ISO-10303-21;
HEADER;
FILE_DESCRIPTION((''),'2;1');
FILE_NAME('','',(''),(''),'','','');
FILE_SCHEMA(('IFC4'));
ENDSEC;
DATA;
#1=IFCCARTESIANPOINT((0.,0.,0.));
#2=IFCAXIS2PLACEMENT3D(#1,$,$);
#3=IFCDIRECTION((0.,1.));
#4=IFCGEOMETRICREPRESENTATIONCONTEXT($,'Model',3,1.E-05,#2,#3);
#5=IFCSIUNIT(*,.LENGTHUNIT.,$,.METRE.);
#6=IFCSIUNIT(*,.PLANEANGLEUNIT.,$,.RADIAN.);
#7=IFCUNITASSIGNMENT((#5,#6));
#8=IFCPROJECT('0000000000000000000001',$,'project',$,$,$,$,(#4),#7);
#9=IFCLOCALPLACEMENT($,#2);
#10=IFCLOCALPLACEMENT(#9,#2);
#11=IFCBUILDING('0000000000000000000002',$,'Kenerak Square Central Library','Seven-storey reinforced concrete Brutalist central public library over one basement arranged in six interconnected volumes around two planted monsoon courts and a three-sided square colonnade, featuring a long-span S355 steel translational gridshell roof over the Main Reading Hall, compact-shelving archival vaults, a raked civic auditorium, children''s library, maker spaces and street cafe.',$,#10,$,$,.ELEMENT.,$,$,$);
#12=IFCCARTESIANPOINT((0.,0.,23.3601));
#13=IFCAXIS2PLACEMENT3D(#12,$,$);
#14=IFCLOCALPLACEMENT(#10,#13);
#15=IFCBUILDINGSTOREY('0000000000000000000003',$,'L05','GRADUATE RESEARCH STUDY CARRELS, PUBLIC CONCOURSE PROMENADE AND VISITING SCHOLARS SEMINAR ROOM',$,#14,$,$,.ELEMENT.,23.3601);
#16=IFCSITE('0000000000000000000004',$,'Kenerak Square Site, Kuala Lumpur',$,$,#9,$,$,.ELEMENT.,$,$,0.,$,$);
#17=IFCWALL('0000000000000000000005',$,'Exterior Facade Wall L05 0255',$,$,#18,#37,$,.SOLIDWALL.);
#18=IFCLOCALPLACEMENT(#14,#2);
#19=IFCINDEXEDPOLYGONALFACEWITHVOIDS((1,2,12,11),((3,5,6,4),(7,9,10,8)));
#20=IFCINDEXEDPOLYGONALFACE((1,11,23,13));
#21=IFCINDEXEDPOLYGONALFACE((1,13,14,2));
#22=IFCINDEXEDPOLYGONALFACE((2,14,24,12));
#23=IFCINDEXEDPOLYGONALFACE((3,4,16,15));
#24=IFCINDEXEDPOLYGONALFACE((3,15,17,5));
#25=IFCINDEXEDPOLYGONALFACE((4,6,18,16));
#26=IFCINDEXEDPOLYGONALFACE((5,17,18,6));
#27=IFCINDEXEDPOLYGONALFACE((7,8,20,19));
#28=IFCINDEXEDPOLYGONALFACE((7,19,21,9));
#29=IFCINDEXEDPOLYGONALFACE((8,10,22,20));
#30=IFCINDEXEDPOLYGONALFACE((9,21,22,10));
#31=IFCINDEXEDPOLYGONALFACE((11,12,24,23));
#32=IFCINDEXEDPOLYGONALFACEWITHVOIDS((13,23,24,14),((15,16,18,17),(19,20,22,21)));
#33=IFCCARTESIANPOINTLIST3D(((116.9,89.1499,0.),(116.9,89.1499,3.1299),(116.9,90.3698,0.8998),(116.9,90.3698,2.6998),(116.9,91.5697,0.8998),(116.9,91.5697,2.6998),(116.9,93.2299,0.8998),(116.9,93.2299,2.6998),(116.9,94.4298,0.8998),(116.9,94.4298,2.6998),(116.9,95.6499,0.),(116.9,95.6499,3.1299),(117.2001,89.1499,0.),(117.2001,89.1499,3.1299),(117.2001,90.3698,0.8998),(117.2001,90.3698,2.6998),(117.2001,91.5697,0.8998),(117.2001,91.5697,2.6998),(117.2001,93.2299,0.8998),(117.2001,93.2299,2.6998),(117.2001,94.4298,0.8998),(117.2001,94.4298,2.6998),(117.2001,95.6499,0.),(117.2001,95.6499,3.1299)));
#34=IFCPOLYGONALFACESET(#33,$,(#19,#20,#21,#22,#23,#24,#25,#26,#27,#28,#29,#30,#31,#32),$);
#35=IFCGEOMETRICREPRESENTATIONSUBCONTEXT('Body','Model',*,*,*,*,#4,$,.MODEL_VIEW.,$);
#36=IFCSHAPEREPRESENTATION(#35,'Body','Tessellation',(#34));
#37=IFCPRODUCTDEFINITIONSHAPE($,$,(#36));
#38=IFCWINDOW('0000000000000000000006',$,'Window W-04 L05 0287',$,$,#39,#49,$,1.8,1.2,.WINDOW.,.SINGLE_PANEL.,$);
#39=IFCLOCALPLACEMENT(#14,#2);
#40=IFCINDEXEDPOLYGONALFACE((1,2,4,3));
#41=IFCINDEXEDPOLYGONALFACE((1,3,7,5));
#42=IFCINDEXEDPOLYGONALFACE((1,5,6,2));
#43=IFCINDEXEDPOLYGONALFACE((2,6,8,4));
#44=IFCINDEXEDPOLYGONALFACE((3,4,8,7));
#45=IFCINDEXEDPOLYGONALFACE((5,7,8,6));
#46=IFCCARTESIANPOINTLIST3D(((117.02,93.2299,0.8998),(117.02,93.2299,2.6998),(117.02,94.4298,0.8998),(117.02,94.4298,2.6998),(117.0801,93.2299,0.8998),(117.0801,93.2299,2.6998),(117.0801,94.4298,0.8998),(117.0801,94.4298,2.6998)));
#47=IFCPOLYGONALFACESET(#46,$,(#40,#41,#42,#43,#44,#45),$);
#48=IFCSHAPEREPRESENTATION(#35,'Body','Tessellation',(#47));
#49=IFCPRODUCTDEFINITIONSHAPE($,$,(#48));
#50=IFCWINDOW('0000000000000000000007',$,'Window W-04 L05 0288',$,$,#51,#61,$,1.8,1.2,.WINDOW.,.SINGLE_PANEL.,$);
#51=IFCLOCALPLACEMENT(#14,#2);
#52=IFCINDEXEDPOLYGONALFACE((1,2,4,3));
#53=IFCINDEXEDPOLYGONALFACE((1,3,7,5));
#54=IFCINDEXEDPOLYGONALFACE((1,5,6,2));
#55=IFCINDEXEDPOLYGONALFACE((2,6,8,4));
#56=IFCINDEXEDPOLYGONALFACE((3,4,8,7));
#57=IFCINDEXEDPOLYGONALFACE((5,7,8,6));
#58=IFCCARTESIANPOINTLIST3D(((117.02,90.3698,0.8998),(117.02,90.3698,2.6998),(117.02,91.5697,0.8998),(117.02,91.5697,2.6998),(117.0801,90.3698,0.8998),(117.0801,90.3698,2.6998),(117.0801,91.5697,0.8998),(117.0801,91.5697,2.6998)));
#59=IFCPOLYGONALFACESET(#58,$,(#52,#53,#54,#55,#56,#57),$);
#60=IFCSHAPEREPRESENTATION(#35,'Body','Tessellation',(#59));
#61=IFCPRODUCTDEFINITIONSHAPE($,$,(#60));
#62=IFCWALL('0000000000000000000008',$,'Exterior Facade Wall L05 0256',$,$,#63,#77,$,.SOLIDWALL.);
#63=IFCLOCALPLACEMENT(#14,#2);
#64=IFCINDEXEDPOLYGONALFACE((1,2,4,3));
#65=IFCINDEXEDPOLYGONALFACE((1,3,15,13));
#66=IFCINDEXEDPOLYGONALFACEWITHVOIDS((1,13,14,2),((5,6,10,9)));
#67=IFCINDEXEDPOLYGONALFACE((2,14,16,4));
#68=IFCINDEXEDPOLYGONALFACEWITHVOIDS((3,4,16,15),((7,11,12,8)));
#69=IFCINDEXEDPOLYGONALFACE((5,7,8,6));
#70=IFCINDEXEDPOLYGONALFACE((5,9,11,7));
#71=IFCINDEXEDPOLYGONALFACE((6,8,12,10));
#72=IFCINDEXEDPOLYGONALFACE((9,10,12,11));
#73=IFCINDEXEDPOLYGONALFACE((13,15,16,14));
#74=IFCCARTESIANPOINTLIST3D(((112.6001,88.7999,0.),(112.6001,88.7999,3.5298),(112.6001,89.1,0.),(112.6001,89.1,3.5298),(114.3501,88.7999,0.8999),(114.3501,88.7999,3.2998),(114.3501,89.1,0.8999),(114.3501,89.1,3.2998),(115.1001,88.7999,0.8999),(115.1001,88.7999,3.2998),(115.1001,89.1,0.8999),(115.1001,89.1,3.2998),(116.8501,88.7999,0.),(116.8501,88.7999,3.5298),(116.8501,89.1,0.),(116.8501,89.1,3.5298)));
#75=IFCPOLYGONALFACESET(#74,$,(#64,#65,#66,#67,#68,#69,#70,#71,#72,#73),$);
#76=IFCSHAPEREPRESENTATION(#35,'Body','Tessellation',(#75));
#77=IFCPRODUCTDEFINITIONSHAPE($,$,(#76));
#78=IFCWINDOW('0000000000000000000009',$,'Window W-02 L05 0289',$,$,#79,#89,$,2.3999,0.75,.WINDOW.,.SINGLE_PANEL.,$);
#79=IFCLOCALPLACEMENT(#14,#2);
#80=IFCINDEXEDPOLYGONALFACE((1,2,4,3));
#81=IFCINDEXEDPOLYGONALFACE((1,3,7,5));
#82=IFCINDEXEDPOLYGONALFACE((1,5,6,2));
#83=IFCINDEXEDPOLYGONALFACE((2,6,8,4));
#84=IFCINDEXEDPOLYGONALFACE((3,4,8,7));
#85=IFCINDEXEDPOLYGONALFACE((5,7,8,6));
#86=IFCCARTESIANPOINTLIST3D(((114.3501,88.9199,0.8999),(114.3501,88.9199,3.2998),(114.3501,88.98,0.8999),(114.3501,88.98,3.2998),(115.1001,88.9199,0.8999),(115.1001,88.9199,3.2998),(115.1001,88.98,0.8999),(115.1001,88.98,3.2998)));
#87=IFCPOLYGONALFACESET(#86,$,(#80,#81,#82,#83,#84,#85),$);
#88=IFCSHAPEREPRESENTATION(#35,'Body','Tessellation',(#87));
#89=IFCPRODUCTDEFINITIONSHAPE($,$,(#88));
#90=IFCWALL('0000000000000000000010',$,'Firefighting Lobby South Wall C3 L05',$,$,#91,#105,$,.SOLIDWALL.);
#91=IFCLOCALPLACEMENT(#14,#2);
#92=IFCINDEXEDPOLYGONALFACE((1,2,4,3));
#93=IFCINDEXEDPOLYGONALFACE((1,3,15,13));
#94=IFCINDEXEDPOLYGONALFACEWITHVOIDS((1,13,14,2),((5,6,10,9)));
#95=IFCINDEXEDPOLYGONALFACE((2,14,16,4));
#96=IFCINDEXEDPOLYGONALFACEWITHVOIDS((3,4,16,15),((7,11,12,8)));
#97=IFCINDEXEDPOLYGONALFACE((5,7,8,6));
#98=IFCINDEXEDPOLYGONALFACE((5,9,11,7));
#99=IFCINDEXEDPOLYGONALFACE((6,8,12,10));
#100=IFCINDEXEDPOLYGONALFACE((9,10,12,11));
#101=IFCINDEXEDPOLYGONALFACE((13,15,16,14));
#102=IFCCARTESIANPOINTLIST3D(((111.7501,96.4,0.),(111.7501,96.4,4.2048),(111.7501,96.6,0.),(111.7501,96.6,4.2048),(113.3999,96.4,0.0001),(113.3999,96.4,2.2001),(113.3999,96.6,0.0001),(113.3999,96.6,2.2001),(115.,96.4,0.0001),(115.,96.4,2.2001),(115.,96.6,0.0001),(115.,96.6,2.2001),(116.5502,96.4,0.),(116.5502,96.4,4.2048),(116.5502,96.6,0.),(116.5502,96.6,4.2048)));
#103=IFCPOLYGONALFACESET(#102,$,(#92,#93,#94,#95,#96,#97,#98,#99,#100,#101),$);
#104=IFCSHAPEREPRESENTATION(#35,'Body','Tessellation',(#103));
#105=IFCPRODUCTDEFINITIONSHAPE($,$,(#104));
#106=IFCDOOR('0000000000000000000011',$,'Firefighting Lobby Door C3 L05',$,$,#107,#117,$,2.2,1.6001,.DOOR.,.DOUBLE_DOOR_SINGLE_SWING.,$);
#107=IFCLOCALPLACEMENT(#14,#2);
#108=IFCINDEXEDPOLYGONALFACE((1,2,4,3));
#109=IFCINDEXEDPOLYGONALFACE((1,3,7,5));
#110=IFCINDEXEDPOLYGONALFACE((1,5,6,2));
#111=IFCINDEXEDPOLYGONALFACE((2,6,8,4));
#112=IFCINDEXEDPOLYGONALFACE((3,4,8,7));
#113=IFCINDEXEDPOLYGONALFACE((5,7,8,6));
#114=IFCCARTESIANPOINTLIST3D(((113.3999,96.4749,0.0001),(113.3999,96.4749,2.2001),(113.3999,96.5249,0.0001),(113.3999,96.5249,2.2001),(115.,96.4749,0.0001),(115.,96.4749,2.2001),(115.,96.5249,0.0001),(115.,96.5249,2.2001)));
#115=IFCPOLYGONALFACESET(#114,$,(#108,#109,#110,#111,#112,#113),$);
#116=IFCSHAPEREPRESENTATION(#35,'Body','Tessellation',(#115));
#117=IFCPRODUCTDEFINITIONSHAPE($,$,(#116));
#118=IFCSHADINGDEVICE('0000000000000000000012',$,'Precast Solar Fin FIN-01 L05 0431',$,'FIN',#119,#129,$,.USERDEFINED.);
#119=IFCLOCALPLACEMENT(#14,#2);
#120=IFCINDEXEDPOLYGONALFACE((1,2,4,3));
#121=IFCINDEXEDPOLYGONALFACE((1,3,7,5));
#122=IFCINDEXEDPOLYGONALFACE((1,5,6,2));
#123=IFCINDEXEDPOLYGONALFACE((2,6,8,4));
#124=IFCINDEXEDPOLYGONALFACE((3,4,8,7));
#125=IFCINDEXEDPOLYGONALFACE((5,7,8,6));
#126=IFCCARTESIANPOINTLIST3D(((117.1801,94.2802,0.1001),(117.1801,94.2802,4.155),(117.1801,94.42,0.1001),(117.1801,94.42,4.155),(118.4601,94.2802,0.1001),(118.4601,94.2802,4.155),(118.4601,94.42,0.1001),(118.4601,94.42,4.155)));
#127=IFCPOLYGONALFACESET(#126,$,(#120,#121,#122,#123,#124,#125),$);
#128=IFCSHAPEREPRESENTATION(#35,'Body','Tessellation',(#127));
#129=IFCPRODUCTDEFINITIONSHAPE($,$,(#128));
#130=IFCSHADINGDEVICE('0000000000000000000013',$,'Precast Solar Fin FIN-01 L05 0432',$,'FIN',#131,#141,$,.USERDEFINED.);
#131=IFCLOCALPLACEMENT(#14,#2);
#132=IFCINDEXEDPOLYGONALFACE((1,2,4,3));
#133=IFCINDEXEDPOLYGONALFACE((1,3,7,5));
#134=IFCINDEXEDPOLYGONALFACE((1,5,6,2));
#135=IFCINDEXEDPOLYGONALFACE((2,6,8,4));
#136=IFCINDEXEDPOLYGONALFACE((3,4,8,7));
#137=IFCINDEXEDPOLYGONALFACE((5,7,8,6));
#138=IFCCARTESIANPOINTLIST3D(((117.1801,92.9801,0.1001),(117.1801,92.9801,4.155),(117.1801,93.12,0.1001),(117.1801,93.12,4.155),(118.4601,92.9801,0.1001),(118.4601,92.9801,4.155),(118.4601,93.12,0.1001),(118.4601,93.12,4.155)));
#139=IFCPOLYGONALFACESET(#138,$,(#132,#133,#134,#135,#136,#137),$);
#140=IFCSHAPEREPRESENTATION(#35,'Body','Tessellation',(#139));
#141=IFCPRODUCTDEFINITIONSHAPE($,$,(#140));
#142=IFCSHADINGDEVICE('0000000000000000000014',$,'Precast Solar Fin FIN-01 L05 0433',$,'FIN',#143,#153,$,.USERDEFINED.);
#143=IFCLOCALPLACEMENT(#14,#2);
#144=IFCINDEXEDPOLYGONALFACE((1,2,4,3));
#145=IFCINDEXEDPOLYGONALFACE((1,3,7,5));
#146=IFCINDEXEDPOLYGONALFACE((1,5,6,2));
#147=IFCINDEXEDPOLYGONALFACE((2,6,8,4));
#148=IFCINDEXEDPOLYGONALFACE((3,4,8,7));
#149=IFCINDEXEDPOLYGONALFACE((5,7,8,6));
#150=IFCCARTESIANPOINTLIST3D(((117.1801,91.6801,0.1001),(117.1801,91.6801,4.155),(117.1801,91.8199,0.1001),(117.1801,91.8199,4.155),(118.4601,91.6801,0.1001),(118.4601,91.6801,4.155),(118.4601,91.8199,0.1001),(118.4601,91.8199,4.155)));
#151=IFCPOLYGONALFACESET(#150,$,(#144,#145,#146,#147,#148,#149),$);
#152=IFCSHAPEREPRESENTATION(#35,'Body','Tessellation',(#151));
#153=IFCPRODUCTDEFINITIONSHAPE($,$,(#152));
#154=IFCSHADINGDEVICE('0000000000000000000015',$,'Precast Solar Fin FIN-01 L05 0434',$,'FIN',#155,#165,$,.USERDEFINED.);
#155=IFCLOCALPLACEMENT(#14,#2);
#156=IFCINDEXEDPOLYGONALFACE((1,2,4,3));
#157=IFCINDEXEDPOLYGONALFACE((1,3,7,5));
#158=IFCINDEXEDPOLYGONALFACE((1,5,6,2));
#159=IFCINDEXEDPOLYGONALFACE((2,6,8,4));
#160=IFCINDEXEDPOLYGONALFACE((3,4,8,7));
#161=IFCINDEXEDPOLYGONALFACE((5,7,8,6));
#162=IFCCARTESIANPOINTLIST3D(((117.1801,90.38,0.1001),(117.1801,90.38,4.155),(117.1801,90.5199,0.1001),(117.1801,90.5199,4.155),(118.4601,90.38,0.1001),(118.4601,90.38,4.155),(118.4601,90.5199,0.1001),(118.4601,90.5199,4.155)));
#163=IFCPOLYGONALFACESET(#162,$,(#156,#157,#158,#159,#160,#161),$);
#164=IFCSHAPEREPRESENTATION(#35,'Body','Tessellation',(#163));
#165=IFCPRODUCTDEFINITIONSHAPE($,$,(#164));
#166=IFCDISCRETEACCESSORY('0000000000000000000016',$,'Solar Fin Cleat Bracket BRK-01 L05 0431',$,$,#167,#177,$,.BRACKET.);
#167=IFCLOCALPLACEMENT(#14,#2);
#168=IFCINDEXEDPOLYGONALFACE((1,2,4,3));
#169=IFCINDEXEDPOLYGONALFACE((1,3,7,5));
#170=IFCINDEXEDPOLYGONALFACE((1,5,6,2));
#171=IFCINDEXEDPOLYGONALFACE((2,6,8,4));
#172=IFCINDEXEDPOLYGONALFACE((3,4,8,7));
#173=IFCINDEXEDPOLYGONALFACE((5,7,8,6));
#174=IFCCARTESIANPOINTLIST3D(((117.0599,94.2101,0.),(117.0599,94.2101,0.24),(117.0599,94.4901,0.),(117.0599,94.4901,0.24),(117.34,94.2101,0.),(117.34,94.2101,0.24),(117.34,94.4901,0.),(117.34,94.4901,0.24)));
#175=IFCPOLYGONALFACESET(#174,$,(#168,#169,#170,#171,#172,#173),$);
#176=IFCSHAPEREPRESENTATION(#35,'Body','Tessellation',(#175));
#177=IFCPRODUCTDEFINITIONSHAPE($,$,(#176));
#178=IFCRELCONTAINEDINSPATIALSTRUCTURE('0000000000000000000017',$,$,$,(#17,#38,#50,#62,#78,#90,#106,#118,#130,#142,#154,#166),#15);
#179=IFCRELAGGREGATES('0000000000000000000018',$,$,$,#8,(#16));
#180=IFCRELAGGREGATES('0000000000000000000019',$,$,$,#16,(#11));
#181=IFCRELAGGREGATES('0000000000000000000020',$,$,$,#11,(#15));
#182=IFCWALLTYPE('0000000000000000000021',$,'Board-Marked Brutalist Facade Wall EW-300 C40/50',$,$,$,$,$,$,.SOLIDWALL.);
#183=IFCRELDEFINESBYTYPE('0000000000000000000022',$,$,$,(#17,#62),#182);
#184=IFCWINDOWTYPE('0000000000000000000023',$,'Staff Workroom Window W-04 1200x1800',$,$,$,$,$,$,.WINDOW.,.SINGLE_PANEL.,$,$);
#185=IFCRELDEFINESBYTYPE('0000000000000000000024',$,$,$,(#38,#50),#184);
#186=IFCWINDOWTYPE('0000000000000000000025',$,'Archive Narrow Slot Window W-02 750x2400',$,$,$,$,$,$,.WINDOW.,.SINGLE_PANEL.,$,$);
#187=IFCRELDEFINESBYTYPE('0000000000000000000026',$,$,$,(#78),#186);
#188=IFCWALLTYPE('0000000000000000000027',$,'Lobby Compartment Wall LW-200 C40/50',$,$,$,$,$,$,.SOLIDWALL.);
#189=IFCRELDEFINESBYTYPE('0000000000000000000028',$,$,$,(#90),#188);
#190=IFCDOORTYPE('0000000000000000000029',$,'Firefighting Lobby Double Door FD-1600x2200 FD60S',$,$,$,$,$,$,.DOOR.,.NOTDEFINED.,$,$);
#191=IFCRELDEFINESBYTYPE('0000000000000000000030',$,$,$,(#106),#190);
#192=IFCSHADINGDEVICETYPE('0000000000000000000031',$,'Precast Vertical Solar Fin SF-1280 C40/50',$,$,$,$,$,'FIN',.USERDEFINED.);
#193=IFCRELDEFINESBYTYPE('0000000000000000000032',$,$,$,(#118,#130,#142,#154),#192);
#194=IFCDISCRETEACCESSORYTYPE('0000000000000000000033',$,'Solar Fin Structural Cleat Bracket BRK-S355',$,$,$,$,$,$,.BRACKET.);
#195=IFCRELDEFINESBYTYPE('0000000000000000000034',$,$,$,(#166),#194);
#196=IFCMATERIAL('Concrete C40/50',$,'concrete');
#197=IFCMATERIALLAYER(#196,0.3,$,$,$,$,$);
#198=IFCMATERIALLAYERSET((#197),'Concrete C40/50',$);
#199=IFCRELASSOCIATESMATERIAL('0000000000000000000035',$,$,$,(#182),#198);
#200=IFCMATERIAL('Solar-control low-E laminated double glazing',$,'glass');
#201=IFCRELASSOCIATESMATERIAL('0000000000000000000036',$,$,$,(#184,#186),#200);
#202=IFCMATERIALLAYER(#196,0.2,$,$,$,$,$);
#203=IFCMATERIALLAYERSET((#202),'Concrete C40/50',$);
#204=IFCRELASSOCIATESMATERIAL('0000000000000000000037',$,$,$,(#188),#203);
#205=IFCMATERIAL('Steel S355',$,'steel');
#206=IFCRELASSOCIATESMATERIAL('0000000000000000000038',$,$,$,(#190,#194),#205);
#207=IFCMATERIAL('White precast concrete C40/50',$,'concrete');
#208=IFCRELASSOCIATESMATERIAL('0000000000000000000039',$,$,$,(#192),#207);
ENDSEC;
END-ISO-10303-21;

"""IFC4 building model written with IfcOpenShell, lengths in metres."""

from ifc_helpers import new_model, si_unit, direction, frame, frame_2d, origin, origin_2d, place, context, subcontext, project, spatial, rectangle, extrude, material, layer, layer_set, type_object, element, fill, save


model = new_model("IFC4")

# Units and contexts
model_context = context("Model", 3, precision=1e-05, world=origin(), true_north=direction((0.0, 1.0)))
body_context = subcontext(model_context, "Body", "Model", "MODEL_VIEW")
ifc_project = project(units=[si_unit("LENGTHUNIT", "METRE"), si_unit("PLANEANGLEUNIT", "RADIAN")], contexts=[model_context])

# Site, building, storey
site_placement = place(None, origin())
site = spatial("IfcSite", under=ifc_project, at=site_placement, Name="Kenerak Square Site, Kuala Lumpur", CompositionType="ELEMENT", RefElevation=0.0)
building_placement = place(site_placement, origin())
building = spatial("IfcBuilding", under=site, at=building_placement, Name="Kenerak Square Central Library", Description="Seven-storey reinforced concrete Brutalist central public library over one basement arranged in six interconnected volumes around two planted monsoon courts and a three-sided square colonnade, featuring a long-span S355 steel translational gridshell roof over the Main Reading Hall, compact-shelving archival vaults, a raked civic auditorium, children's library, maker spaces and street cafe.", CompositionType="ELEMENT")
storey_placement = place(building_placement, frame((0.0, 0.0, 23.3601)))
storey = spatial("IfcBuildingStorey", under=building, at=storey_placement, Name="L05", Description="GRADUATE RESEARCH STUDY CARRELS, PUBLIC CONCOURSE PROMENADE AND VISITING SCHOLARS SEMINAR ROOM", CompositionType="ELEMENT", Elevation=23.3601)

# Shared definitions
ifc_material_1 = material(Name="Concrete C40/50", Category="concrete")

# Wall, openings, windows
ifc_layer_1 = layer(ifc_material_1, 0.3)
ifc_layer_set_1 = layer_set([ifc_layer_1], Name="Concrete C40/50")
wall_type_1 = type_object("IfcWallType", Name="Board-Marked Brutalist Facade Wall EW-300 C40/50", PredefinedType="SOLIDWALL", material=ifc_layer_set_1)
wall_1_placement = place(storey_placement, frame((117.05, 95.6499, 0.0), z_axis=(0.0, 0.0, 1.0), x_axis=(0.0, -1.0, 0.0)))
wall_1 = element("IfcWall", 1, at=wall_1_placement, inside=storey, type_object=wall_type_1, Name="Exterior Facade Wall L05 0255", PredefinedType="SOLIDWALL", context=body_context, shape_type="SweptSolid", body=[
    extrude(rectangle(XDim=6.5, YDim=0.3, at=frame_2d((3.25, 0.0))), origin(), (0.0, 0.0, 1.0), 3.1299),
])
opening_1_placement = place(wall_1_placement, frame((1.22, 0.0, 0.8999)))
opening_1 = element("IfcOpeningElement", 2, at=opening_1_placement, cuts=wall_1, PredefinedType="OPENING", context=body_context, shape_type="SweptSolid", body=[
    extrude(rectangle(XDim=1.2, YDim=1.8, at=frame_2d((0.6001, 0.8999))), frame((0.0, 0.1599, 0.0), z_axis=(0.0, -1.0, 0.0), x_axis=(1.0, 0.0, 0.0)), (0.0, 0.0, 1.0), 0.3201),
])
opening_2_placement = place(wall_1_placement, frame((4.0801, 0.0, 0.8999)))
opening_2 = element("IfcOpeningElement", 3, at=opening_2_placement, cuts=wall_1, PredefinedType="OPENING", context=body_context, shape_type="SweptSolid", body=[
    extrude(rectangle(XDim=1.2, YDim=1.8, at=frame_2d((0.6001, 0.8999))), frame((0.0, 0.1599, 0.0), z_axis=(0.0, -1.0, 0.0), x_axis=(1.0, 0.0, 0.0)), (0.0, 0.0, 1.0), 0.3201),
])
ifc_material_2 = material(Name="Solar-control low-E laminated double glazing", Category="glass")
window_type_1 = type_object("IfcWindowType", Name="Staff Workroom Window W-04 1200x1800", PartitioningType="SINGLE_PANEL", PredefinedType="WINDOW", material=ifc_material_2)
window_1_placement = place(opening_1_placement, origin())
window_1 = element("IfcWindow", 4, at=window_1_placement, inside=storey, type_object=window_type_1, Name="Window W-04 L05 0287", OverallHeight=1.8, OverallWidth=1.2, PartitioningType="SINGLE_PANEL", PredefinedType="WINDOW", context=body_context, shape_type="SweptSolid", body=[
    extrude(rectangle(XDim=1.2, YDim=1.8, at=frame_2d((0.6001, 0.8999))), frame((0.0, 0.03, 0.0), z_axis=(0.0, -1.0, 0.0), x_axis=(1.0, 0.0, 0.0)), (0.0, 0.0, 1.0), 0.0601),
])
fill(opening_1, window_1)
window_2_placement = place(opening_2_placement, origin())
window_2 = element("IfcWindow", 5, at=window_2_placement, inside=storey, type_object=window_type_1, Name="Window W-04 L05 0288", OverallHeight=1.8, OverallWidth=1.2, PartitioningType="SINGLE_PANEL", PredefinedType="WINDOW", context=body_context, shape_type="SweptSolid", body=[
    extrude(rectangle(XDim=1.2, YDim=1.8, at=frame_2d((0.6001, 0.8999))), frame((0.0, 0.03, 0.0), z_axis=(0.0, -1.0, 0.0), x_axis=(1.0, 0.0, 0.0)), (0.0, 0.0, 1.0), 0.0601),
])
fill(opening_2, window_2)

# Wall, opening, window
wall_2_placement = place(storey_placement, frame((116.8501, 88.95, 0.0), z_axis=(0.0, 0.0, 1.0), x_axis=(-1.0, 0.0, 0.0)))
wall_2 = element("IfcWall", 6, at=wall_2_placement, inside=storey, type_object=wall_type_1, Name="Exterior Facade Wall L05 0256", PredefinedType="SOLIDWALL", context=body_context, shape_type="SweptSolid", body=[
    extrude(rectangle(XDim=4.25, YDim=0.3, at=frame_2d((2.125, 0.0))), origin(), (0.0, 0.0, 1.0), 3.5298),
])
opening_3_placement = place(wall_2_placement, frame((1.75, 0.0, 0.8999)))
opening_3 = element("IfcOpeningElement", 7, at=opening_3_placement, cuts=wall_2, PredefinedType="OPENING", context=body_context, shape_type="SweptSolid", body=[
    extrude(rectangle(XDim=0.75, YDim=2.3999, at=frame_2d((0.375, 1.2))), frame((0.0, 0.1599, 0.0), z_axis=(0.0, -1.0, 0.0), x_axis=(1.0, 0.0, 0.0)), (0.0, 0.0, 1.0), 0.3201),
])
window_type_2 = type_object("IfcWindowType", Name="Archive Narrow Slot Window W-02 750x2400", PartitioningType="SINGLE_PANEL", PredefinedType="WINDOW", material=ifc_material_2)
window_3_placement = place(opening_3_placement, origin())
window_3 = element("IfcWindow", 8, at=window_3_placement, inside=storey, type_object=window_type_2, Name="Window W-02 L05 0289", OverallHeight=2.3999, OverallWidth=0.75, PartitioningType="SINGLE_PANEL", PredefinedType="WINDOW", context=body_context, shape_type="SweptSolid", body=[
    extrude(rectangle(XDim=0.75, YDim=2.3999, at=frame_2d((0.375, 1.2))), frame((0.0, 0.03, 0.0), z_axis=(0.0, -1.0, 0.0), x_axis=(1.0, 0.0, 0.0)), (0.0, 0.0, 1.0), 0.0601),
])
fill(opening_3, window_3)

# Wall, opening, door
ifc_layer_2 = layer(ifc_material_1, 0.2)
ifc_layer_set_2 = layer_set([ifc_layer_2], Name="Concrete C40/50")
wall_type_2 = type_object("IfcWallType", Name="Lobby Compartment Wall LW-200 C40/50", PredefinedType="SOLIDWALL", material=ifc_layer_set_2)
wall_3_placement = place(storey_placement, frame((116.55, 96.5, 0.0), z_axis=(0.0, 0.0, 1.0), x_axis=(-1.0, 0.0, 0.0)))
wall_3 = element("IfcWall", 9, at=wall_3_placement, inside=storey, type_object=wall_type_2, Name="Firefighting Lobby South Wall C3 L05", PredefinedType="SOLIDWALL", context=body_context, shape_type="SweptSolid", body=[
    extrude(rectangle(XDim=4.8, YDim=0.2, at=frame_2d((2.3999, 0.0))), origin(), (0.0, 0.0, 1.0), 4.2048),
])
opening_4_placement = place(wall_3_placement, frame((1.55, 0.0, 0.0)))
opening_4 = element("IfcOpeningElement", 10, at=opening_4_placement, cuts=wall_3, PredefinedType="OPENING", context=body_context, shape_type="SweptSolid", body=[
    extrude(rectangle(XDim=1.6001, YDim=2.2, at=frame_2d((0.8, 1.1001))), frame((0.0, 0.1099, 0.0), z_axis=(0.0, -1.0, 0.0), x_axis=(1.0, 0.0, 0.0)), (0.0, 0.0, 1.0), 0.22),
])
ifc_material_3 = material(Name="Steel S355", Category="steel")
door_type = type_object("IfcDoorType", Name="Firefighting Lobby Double Door FD-1600x2200 FD60S", OperationType="NOTDEFINED", PredefinedType="DOOR", material=ifc_material_3)
door_placement = place(opening_4_placement, frame((1.6001, 0.0, 0.0), z_axis=(0.0, 0.0, 1.0), x_axis=(-1.0, 0.0, 0.0)))
door = element("IfcDoor", 11, at=door_placement, inside=storey, type_object=door_type, Name="Firefighting Lobby Door C3 L05", OperationType="DOUBLE_DOOR_SINGLE_SWING", OverallHeight=2.2, OverallWidth=1.6001, PredefinedType="DOOR", context=body_context, shape_type="SweptSolid", body=[
    extrude(rectangle(XDim=1.6001, YDim=2.2, at=frame_2d((0.8, 1.1001))), frame((0.0, 0.0249, 0.0), z_axis=(0.0, -1.0, 0.0), x_axis=(1.0, 0.0, 0.0)), (0.0, 0.0, 1.0), 0.05),
])
fill(opening_4, door)

# Shading devices
ifc_material_4 = material(Name="White precast concrete C40/50", Category="concrete")
shading_device_type = type_object("IfcShadingDeviceType", Name="Precast Vertical Solar Fin SF-1280 C40/50", ElementType="FIN", PredefinedType="USERDEFINED", material=ifc_material_4)
for number, where, z_axis, x_axis, name in (
    (12, (117.8201, 94.3501, 0.1001), (0.0, 0.0, 1.0), (0.0, -1.0, 0.0), "Precast Solar Fin FIN-01 L05 0431"),
    (13, (117.8201, 93.05, 0.1001), (0.0, 0.0, 1.0), (0.0, -1.0, 0.0), "Precast Solar Fin FIN-01 L05 0432"),
    (14, (117.8201, 91.75, 0.1001), (0.0, 0.0, 1.0), (0.0, -1.0, 0.0), "Precast Solar Fin FIN-01 L05 0433"),
    (15, (117.8201, 90.45, 0.1001), (0.0, 0.0, 1.0), (0.0, -1.0, 0.0), "Precast Solar Fin FIN-01 L05 0434"),
):
    element("IfcShadingDevice", number, at=place(storey_placement, frame(where, z_axis=z_axis, x_axis=x_axis)), inside=storey, type_object=shading_device_type, Name=name, ObjectType="FIN", PredefinedType="USERDEFINED", context=body_context, shape_type="SweptSolid", body=[
        extrude(rectangle(XDim=0.1399, YDim=1.28, at=origin_2d()), origin(), (0.0, 0.0, 1.0), 4.0549),
    ])

# Discrete accessory
discrete_accessory_type = type_object("IfcDiscreteAccessoryType", Name="Solar Fin Structural Cleat Bracket BRK-S355", PredefinedType="BRACKET", material=ifc_material_3)
for number, where, z_axis, x_axis, name in (
    (16, (117.2, 94.3501, 0.0), (0.0, 0.0, 1.0), (0.0, -1.0, 0.0), "Solar Fin Cleat Bracket BRK-01 L05 0431"),
):
    element("IfcDiscreteAccessory", number, at=place(storey_placement, frame(where, z_axis=z_axis, x_axis=x_axis)), inside=storey, type_object=discrete_accessory_type, Name=name, PredefinedType="BRACKET", context=body_context, shape_type="SweptSolid", body=[
        extrude(rectangle(XDim=0.28, YDim=0.28, at=origin_2d()), origin(), (0.0, 0.0, 1.0), 0.24),
    ])

save(model, "model.ifc")
